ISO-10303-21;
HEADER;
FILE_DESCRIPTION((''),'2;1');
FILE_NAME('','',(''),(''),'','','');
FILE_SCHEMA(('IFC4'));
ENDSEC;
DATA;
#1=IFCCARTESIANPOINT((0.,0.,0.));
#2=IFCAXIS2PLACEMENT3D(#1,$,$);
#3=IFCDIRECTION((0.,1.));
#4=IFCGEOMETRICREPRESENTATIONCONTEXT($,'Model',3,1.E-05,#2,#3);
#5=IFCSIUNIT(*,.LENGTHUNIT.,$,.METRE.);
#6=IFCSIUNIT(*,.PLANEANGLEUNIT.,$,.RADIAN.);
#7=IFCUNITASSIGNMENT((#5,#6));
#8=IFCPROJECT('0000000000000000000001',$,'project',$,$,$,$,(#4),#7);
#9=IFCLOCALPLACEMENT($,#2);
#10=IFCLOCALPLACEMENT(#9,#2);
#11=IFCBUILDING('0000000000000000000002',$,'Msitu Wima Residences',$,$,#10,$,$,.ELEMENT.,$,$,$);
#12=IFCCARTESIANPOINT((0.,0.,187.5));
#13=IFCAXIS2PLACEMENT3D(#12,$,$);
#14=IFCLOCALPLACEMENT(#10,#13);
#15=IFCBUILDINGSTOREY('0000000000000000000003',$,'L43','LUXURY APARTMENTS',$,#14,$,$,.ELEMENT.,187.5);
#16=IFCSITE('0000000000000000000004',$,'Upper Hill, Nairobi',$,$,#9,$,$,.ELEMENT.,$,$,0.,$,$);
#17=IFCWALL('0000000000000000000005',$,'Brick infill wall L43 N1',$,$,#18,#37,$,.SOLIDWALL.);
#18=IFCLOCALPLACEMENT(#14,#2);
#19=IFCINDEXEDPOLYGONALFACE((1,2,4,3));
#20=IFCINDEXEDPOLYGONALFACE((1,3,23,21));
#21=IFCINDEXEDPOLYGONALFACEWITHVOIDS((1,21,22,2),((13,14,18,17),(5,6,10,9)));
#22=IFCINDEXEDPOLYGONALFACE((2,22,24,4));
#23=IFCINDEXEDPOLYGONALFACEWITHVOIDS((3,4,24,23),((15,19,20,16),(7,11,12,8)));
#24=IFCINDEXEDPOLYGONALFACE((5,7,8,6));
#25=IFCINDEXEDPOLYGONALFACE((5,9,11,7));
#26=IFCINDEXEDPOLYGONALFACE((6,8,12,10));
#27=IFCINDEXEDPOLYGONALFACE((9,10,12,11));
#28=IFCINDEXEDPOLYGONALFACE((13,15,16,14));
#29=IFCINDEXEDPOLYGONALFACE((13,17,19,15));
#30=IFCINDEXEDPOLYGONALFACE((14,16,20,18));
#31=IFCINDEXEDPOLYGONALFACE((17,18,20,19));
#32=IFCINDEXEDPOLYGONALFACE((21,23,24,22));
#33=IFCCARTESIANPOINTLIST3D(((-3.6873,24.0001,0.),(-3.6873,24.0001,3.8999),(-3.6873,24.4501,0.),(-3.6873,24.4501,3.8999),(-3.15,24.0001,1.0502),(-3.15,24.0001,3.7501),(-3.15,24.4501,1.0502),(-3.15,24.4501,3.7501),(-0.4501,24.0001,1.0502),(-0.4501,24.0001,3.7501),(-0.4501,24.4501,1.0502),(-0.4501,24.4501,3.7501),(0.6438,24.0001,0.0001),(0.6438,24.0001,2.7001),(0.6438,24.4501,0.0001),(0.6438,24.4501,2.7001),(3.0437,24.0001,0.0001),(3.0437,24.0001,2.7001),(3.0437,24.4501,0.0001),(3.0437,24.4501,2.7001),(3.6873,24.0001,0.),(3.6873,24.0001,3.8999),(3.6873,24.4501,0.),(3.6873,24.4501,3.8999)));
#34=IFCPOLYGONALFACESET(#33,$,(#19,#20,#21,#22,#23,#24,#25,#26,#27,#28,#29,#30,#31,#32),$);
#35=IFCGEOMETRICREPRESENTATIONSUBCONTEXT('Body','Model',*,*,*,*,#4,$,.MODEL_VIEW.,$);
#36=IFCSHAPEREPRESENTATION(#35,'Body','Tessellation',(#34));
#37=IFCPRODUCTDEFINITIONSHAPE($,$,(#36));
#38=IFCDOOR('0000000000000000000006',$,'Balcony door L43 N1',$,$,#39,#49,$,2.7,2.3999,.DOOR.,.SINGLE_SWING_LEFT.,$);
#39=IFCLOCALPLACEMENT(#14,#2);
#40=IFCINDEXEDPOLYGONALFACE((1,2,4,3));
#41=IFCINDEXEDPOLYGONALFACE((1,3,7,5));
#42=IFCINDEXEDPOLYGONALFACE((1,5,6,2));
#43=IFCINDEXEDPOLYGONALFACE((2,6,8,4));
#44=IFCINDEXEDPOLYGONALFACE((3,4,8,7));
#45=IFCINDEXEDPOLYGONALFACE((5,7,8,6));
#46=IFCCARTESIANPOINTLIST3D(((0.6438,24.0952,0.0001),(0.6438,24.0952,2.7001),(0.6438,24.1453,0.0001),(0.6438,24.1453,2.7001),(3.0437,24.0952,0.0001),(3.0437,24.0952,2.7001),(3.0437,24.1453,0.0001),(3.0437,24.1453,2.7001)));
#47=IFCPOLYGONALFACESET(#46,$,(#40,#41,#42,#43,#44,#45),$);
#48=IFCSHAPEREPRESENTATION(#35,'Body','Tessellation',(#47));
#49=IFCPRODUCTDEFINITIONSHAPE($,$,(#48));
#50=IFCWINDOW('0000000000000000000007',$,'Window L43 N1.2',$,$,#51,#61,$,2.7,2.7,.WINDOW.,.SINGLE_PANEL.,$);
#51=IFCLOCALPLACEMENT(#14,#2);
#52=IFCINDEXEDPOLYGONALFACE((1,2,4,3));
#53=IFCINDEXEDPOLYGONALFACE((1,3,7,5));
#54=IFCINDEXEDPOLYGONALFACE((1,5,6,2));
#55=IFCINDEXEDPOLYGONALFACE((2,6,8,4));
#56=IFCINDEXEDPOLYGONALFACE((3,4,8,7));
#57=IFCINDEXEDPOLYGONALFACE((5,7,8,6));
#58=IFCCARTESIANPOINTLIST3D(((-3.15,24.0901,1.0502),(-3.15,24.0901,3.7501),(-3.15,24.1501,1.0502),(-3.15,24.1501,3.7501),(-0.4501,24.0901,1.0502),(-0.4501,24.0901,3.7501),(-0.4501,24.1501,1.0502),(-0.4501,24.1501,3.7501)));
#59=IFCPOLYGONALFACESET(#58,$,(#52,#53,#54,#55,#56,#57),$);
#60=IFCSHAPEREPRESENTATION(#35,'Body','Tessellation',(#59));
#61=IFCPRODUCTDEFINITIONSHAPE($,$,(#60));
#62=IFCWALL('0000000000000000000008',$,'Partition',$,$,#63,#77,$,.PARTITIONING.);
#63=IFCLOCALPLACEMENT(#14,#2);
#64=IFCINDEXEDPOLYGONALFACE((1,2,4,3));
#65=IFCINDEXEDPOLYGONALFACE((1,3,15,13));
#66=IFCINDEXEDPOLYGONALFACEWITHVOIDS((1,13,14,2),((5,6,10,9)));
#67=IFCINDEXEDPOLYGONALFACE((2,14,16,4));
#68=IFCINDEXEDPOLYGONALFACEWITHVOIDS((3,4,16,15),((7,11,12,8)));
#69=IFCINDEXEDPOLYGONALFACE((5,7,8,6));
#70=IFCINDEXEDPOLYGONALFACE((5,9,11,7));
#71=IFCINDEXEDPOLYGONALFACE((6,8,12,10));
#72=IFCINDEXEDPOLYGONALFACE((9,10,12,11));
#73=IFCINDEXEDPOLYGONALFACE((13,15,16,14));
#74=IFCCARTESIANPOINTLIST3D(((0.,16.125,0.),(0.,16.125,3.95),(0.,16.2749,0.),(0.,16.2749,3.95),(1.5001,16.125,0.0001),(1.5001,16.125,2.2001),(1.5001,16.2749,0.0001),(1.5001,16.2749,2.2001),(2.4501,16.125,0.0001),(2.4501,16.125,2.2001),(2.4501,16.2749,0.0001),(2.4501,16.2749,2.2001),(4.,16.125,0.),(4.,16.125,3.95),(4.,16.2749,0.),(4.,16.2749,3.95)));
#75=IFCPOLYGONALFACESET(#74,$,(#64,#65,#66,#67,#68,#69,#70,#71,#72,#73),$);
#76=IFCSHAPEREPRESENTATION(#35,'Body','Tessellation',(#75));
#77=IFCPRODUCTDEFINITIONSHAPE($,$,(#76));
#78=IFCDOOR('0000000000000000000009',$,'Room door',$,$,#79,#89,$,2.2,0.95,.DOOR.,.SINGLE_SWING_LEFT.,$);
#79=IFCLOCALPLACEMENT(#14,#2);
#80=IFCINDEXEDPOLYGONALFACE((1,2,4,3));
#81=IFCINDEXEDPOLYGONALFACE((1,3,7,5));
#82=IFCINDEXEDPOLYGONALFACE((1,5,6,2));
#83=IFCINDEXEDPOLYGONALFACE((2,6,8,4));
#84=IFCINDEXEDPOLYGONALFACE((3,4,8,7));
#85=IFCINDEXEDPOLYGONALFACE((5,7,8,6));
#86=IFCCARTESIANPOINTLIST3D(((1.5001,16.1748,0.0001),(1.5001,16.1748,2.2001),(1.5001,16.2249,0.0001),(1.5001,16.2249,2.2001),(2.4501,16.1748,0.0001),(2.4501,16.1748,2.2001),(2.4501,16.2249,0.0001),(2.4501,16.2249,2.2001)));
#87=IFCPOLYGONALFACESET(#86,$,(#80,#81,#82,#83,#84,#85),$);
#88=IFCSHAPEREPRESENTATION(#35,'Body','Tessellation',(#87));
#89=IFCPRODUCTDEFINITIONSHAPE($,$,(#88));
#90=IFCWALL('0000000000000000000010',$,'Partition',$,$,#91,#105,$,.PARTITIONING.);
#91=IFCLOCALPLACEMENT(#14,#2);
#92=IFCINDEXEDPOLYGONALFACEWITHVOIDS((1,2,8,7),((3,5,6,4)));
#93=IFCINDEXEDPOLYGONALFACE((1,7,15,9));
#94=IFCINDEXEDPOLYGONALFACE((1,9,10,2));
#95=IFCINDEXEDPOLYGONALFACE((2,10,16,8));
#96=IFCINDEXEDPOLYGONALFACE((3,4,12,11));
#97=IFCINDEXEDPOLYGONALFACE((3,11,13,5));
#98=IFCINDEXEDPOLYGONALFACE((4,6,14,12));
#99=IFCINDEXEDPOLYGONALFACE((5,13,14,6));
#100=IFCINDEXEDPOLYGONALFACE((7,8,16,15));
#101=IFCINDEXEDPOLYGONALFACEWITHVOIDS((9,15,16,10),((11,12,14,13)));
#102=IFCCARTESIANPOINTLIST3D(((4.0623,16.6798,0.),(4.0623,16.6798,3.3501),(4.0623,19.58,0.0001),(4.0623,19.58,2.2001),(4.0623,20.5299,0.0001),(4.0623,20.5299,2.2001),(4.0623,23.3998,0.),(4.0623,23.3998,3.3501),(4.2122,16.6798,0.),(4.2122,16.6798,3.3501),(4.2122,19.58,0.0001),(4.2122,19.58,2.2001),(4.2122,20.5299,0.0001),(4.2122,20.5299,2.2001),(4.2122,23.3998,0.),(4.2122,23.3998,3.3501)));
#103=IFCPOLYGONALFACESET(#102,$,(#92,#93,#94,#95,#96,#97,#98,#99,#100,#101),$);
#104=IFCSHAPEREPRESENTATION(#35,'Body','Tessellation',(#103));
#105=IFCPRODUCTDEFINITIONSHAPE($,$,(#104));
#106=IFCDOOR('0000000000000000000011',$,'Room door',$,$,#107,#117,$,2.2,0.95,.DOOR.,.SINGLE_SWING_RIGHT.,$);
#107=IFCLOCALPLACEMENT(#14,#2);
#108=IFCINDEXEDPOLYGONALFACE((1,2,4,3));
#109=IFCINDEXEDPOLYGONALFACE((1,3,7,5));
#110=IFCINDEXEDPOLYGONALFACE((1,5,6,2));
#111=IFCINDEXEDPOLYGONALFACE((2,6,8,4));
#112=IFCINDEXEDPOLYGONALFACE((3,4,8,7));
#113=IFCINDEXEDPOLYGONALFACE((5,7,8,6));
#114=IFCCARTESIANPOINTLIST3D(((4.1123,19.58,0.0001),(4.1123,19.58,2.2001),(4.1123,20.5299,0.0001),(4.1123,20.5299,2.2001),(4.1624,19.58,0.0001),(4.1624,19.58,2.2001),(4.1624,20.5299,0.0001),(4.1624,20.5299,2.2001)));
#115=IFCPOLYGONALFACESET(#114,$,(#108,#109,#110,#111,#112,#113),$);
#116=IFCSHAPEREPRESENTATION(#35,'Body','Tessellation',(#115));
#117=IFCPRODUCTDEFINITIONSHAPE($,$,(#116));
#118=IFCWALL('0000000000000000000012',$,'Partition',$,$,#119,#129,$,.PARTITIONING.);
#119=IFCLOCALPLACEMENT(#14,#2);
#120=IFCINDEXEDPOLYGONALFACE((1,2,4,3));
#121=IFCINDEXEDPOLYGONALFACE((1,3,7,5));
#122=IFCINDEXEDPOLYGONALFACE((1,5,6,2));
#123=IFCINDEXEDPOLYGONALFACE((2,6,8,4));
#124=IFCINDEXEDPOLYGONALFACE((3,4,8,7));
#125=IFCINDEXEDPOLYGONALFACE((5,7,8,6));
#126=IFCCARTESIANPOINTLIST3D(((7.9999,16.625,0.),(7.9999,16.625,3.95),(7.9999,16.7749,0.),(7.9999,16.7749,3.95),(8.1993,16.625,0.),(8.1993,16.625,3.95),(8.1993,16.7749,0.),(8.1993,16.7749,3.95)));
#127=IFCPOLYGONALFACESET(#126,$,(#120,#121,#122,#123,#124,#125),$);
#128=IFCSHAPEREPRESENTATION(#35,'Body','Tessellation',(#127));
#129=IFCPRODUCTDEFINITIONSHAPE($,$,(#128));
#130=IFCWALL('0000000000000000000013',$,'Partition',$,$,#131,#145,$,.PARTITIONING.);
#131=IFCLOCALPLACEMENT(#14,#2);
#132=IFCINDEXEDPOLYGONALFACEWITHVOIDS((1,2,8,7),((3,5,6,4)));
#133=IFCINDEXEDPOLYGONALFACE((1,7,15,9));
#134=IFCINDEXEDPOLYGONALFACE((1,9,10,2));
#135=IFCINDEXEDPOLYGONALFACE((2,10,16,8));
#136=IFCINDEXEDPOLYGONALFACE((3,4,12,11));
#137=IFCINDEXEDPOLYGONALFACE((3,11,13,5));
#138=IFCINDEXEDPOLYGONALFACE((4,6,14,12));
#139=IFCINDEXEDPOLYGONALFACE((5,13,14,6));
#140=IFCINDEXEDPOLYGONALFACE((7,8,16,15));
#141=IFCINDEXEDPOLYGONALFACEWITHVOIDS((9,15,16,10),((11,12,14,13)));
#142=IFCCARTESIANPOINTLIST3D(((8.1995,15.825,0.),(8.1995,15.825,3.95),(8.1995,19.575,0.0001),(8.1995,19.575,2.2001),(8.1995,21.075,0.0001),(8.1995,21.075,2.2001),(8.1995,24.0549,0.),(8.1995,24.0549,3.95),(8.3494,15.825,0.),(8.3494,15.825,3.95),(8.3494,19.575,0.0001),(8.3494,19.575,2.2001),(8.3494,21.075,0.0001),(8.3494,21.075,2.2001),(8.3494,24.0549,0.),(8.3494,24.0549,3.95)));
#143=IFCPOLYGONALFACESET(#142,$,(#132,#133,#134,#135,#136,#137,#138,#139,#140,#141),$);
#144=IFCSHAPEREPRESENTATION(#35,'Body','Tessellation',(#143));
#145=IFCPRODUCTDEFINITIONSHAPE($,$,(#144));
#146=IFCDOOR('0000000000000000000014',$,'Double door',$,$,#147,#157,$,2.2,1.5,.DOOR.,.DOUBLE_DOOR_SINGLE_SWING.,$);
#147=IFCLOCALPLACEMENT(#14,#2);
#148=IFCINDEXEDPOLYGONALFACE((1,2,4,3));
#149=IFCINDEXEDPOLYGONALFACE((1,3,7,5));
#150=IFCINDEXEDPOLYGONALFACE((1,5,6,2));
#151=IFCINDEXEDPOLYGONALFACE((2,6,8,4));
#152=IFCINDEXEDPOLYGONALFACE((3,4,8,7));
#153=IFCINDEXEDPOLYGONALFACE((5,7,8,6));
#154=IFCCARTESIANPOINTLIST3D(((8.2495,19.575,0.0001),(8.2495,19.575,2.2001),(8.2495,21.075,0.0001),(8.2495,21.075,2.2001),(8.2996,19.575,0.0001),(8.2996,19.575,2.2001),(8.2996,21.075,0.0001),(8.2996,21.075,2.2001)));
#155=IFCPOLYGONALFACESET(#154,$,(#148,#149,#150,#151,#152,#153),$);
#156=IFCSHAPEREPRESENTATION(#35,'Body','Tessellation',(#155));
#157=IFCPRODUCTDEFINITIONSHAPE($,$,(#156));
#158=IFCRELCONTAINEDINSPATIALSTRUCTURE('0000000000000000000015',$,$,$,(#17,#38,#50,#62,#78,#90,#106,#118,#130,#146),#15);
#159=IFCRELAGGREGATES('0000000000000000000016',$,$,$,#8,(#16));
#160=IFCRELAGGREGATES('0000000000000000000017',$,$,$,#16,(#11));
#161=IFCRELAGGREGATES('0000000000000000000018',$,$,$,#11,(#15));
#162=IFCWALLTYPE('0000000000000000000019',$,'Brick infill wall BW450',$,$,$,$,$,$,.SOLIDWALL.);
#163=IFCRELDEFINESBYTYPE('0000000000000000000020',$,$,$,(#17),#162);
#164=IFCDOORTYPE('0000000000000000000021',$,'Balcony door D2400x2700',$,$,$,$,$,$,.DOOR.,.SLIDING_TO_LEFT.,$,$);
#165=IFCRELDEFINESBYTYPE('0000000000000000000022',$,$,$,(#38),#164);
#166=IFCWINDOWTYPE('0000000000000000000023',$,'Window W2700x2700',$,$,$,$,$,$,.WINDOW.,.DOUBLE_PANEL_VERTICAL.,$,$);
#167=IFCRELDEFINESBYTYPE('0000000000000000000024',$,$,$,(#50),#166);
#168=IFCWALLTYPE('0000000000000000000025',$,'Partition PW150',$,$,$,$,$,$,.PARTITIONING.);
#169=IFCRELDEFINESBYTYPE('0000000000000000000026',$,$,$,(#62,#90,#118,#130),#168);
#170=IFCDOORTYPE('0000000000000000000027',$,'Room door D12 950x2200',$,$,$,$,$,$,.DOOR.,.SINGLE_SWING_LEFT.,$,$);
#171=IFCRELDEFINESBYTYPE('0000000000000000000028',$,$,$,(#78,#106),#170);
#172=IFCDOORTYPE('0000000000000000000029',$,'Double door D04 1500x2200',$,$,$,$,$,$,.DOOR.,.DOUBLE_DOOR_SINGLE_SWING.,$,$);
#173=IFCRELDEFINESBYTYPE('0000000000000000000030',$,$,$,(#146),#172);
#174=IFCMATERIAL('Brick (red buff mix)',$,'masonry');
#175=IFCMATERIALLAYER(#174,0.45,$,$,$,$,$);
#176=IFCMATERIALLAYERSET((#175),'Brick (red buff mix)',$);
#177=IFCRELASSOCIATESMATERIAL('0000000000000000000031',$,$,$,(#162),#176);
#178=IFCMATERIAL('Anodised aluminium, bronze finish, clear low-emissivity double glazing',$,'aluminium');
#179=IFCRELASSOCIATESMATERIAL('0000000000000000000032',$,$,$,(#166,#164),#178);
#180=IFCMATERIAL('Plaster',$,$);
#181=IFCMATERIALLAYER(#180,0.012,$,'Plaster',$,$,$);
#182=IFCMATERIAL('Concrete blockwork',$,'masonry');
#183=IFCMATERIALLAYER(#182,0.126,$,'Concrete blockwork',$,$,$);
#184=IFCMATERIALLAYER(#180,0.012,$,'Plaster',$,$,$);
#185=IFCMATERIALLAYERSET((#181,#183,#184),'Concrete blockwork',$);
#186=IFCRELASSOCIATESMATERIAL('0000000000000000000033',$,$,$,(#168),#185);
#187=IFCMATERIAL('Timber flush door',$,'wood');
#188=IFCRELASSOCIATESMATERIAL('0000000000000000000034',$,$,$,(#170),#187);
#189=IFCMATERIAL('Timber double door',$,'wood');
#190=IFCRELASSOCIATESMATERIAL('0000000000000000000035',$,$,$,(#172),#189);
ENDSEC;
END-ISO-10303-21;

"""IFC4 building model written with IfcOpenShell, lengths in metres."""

from ifc_helpers import new_model, si_unit, direction, frame, frame_2d, origin, place, context, subcontext, project, spatial, rectangle, extrude, material, layer, layer_set, type_object, element, fill, save


model = new_model("IFC4")

# Units and contexts
model_context = context("Model", 3, precision=1e-05, world=origin(), true_north=direction((0.0, 1.0)))
body_context = subcontext(model_context, "Body", "Model", "MODEL_VIEW")
ifc_project = project(units=[si_unit("LENGTHUNIT", "METRE"), si_unit("PLANEANGLEUNIT", "RADIAN")], contexts=[model_context])

# Site, building, storey
site_placement = place(None, origin())
site = spatial("IfcSite", under=ifc_project, at=site_placement, Name="Upper Hill, Nairobi", CompositionType="ELEMENT", RefElevation=0.0)
building_placement = place(site_placement, origin())
building = spatial("IfcBuilding", under=site, at=building_placement, Name="Msitu Wima Residences", CompositionType="ELEMENT")
storey_placement = place(building_placement, frame((0.0, 0.0, 187.5)))
storey = spatial("IfcBuildingStorey", under=building, at=storey_placement, Name="L43", Description="LUXURY APARTMENTS", CompositionType="ELEMENT", Elevation=187.5)

# Shared definitions
ifc_material_1 = material(Name="Brick (red buff mix)", Category="masonry")
ifc_layer_1 = layer(ifc_material_1, 0.45)
ifc_layer_set_1 = layer_set([ifc_layer_1], Name="Brick (red buff mix)")
wall_type_1 = type_object("IfcWallType", Name="Brick infill wall BW450", PredefinedType="SOLIDWALL", material=ifc_layer_set_1)
ifc_material_2 = material(Name="Anodised aluminium, bronze finish, clear low-emissivity double glazing", Category="aluminium")
window_type = type_object("IfcWindowType", Name="Window W2700x2700", PartitioningType="DOUBLE_PANEL_VERTICAL", PredefinedType="WINDOW", material=ifc_material_2)

# Wall, openings, door, window
wall_1_placement = place(storey_placement, frame((3.6873, 24.2251, 0.0), z_axis=(0.0, 0.0, 1.0), x_axis=(-1.0, 0.0, 0.0)))
wall_1 = element("IfcWall", 1, at=wall_1_placement, inside=storey, type_object=wall_type_1, Name="Brick infill wall L43 N1", PredefinedType="SOLIDWALL", context=body_context, shape_type="SweptSolid", body=[
    extrude(rectangle(XDim=7.3745, YDim=0.45, at=frame_2d((3.6873, 0.0))), origin(), (0.0, 0.0, 1.0), 3.8999),
])
opening_1_placement = place(wall_1_placement, frame((0.6436, 0.0, 0.0)))
opening_1 = element("IfcOpeningElement", 2, at=opening_1_placement, cuts=wall_1, PredefinedType="OPENING", context=body_context, shape_type="SweptSolid", body=[
    extrude(rectangle(XDim=2.3999, YDim=2.7, at=frame_2d((1.2, 1.3501))), frame((0.0, 0.2349, 0.0), z_axis=(0.0, -1.0, 0.0), x_axis=(1.0, 0.0, 0.0)), (0.0, 0.0, 1.0), 0.47),
])
opening_2_placement = place(wall_1_placement, frame((4.1372, 0.0, 1.05)))
opening_2 = element("IfcOpeningElement", 3, at=opening_2_placement, cuts=wall_1, PredefinedType="OPENING", context=body_context, shape_type="SweptSolid", body=[
    extrude(rectangle(XDim=2.7, YDim=2.7, at=frame_2d((1.3501, 1.3501))), frame((0.0, 0.2349, 0.0), z_axis=(0.0, -1.0, 0.0), x_axis=(1.0, 0.0, 0.0)), (0.0, 0.0, 1.0), 0.47),
])
door_type_1 = type_object("IfcDoorType", Name="Balcony door D2400x2700", OperationType="SLIDING_TO_LEFT", PredefinedType="DOOR", material=ifc_material_2)
door_1_placement = place(opening_1_placement, origin())
door_1 = element("IfcDoor", 4, at=door_1_placement, inside=storey, type_object=door_type_1, Name="Balcony door L43 N1", OperationType="SINGLE_SWING_LEFT", OverallHeight=2.7, OverallWidth=2.3999, PredefinedType="DOOR", context=body_context, shape_type="SweptSolid", body=[
    extrude(rectangle(XDim=2.3999, YDim=2.7, at=frame_2d((1.2, 1.3501))), frame((0.0, 0.1299, 0.0), z_axis=(0.0, -1.0, 0.0), x_axis=(1.0, 0.0, 0.0)), (0.0, 0.0, 1.0), 0.05),
])
fill(opening_1, door_1)
window_1_placement = place(opening_2_placement, origin())
window_1 = element("IfcWindow", 5, at=window_1_placement, inside=storey, type_object=window_type, Name="Window L43 N1.2", OverallHeight=2.7, OverallWidth=2.7, PartitioningType="SINGLE_PANEL", PredefinedType="WINDOW", context=body_context, shape_type="SweptSolid", body=[
    extrude(rectangle(XDim=2.7, YDim=2.7, at=frame_2d((1.3501, 1.3501))), frame((0.0, 0.135, 0.0), z_axis=(0.0, -1.0, 0.0), x_axis=(1.0, 0.0, 0.0)), (0.0, 0.0, 1.0), 0.0601),
])
fill(opening_2, window_1)

# Walls, openings, doors
ifc_material_3 = material(Name="Plaster")
ifc_layer_2 = layer(ifc_material_3, 0.012, Name="Plaster")
ifc_material_4 = material(Name="Concrete blockwork", Category="masonry")
ifc_layer_3 = layer(ifc_material_4, 0.126, Name="Concrete blockwork")
ifc_layer_4 = layer(ifc_material_3, 0.012, Name="Plaster")
ifc_layer_set_2 = layer_set([ifc_layer_2, ifc_layer_3, ifc_layer_4], Name="Concrete blockwork")
wall_type_2 = type_object("IfcWallType", Name="Partition PW150", PredefinedType="PARTITIONING", material=ifc_layer_set_2)
wall_2_placement = place(storey_placement, frame((0.0, 16.2, 0.0), z_axis=(0.0, 0.0, 1.0), x_axis=(1.0, 0.0, 0.0)))
wall_2 = element("IfcWall", 6, at=wall_2_placement, inside=storey, type_object=wall_type_2, Name="Partition", PredefinedType="PARTITIONING", context=body_context, shape_type="SweptSolid", body=[
    extrude(rectangle(XDim=4.0, YDim=0.1499, at=frame_2d((2.0, 0.0))), origin(), (0.0, 0.0, 1.0), 3.95),
])
opening_3_placement = place(wall_2_placement, frame((1.5, 0.0, 0.0)))
opening_3 = element("IfcOpeningElement", 7, at=opening_3_placement, cuts=wall_2, PredefinedType="OPENING", context=body_context, shape_type="SweptSolid", body=[
    extrude(rectangle(XDim=0.95, YDim=2.2, at=frame_2d((0.4751, 1.1001))), frame((0.0, 0.085, 0.0), z_axis=(0.0, -1.0, 0.0), x_axis=(1.0, 0.0, 0.0)), (0.0, 0.0, 1.0), 0.1699),
])
ifc_material_5 = material(Name="Timber flush door", Category="wood")
door_type_2 = type_object("IfcDoorType", Name="Room door D12 950x2200", OperationType="SINGLE_SWING_LEFT", PredefinedType="DOOR", material=ifc_material_5)
door_2_placement = place(opening_3_placement, origin())
door_2 = element("IfcDoor", 8, at=door_2_placement, inside=storey, type_object=door_type_2, Name="Room door", OperationType="SINGLE_SWING_LEFT", OverallHeight=2.2, OverallWidth=0.95, PredefinedType="DOOR", context=body_context, shape_type="SweptSolid", body=[
    extrude(rectangle(XDim=0.95, YDim=2.2, at=frame_2d((0.4751, 1.1001))), frame((0.0, 0.0249, 0.0), z_axis=(0.0, -1.0, 0.0), x_axis=(1.0, 0.0, 0.0)), (0.0, 0.0, 1.0), 0.05),
])
fill(opening_3, door_2)
wall_3_placement = place(storey_placement, frame((4.1372, 16.6799, 0.0), z_axis=(0.0, 0.0, 1.0), x_axis=(0.0, 1.0, 0.0)))
wall_3 = element("IfcWall", 9, at=wall_3_placement, inside=storey, type_object=wall_type_2, Name="Partition", PredefinedType="PARTITIONING", context=body_context, shape_type="SweptSolid", body=[
    extrude(rectangle(XDim=6.72, YDim=0.1499, at=frame_2d((3.3599, 0.0))), origin(), (0.0, 0.0, 1.0), 3.3501),
])
opening_4_placement = place(wall_3_placement, frame((2.8999, 0.0, 0.0)))
opening_4 = element("IfcOpeningElement", 10, at=opening_4_placement, cuts=wall_3, PredefinedType="OPENING", context=body_context, shape_type="SweptSolid", body=[
    extrude(rectangle(XDim=0.95, YDim=2.2, at=frame_2d((0.4751, 1.1001))), frame((0.0, 0.085, 0.0), z_axis=(0.0, -1.0, 0.0), x_axis=(1.0, 0.0, 0.0)), (0.0, 0.0, 1.0), 0.1699),
])
door_3_placement = place(opening_4_placement, origin())
door_3 = element("IfcDoor", 11, at=door_3_placement, inside=storey, type_object=door_type_2, Name="Room door", OperationType="SINGLE_SWING_RIGHT", OverallHeight=2.2, OverallWidth=0.95, PredefinedType="DOOR", context=body_context, shape_type="SweptSolid", body=[
    extrude(rectangle(XDim=0.95, YDim=2.2, at=frame_2d((0.4751, 1.1001))), frame((0.0, 0.0249, 0.0), z_axis=(0.0, -1.0, 0.0), x_axis=(1.0, 0.0, 0.0)), (0.0, 0.0, 1.0), 0.05),
])
fill(opening_4, door_3)

# Wall
wall_4_placement = place(storey_placement, frame((8.0, 16.7, 0.0), z_axis=(0.0, 0.0, 1.0), x_axis=(1.0, 0.0, 0.0)))
element("IfcWall", 12, at=wall_4_placement, inside=storey, type_object=wall_type_2, Name="Partition", PredefinedType="PARTITIONING", context=body_context, shape_type="SweptSolid", body=[
    extrude(rectangle(XDim=0.1995, YDim=0.1499, at=frame_2d((0.0996, 0.0))), origin(), (0.0, 0.0, 1.0), 3.95),
])

# Wall, opening, door
wall_5_placement = place(storey_placement, frame((8.2744, 15.825, 0.0), z_axis=(0.0, 0.0, 1.0), x_axis=(0.0, 1.0, 0.0)))
wall_5 = element("IfcWall", 13, at=wall_5_placement, inside=storey, type_object=wall_type_2, Name="Partition", PredefinedType="PARTITIONING", context=body_context, shape_type="SweptSolid", body=[
    extrude(rectangle(XDim=8.23, YDim=0.1499, at=frame_2d((4.115, 0.0))), origin(), (0.0, 0.0, 1.0), 3.95),
])
opening_5_placement = place(wall_5_placement, frame((3.75, 0.0, 0.0)))
opening_5 = element("IfcOpeningElement", 14, at=opening_5_placement, cuts=wall_5, PredefinedType="OPENING", context=body_context, shape_type="SweptSolid", body=[
    extrude(rectangle(XDim=1.5, YDim=2.2, at=frame_2d((0.75, 1.1001))), frame((0.0, 0.085, 0.0), z_axis=(0.0, -1.0, 0.0), x_axis=(1.0, 0.0, 0.0)), (0.0, 0.0, 1.0), 0.1699),
])
ifc_material_6 = material(Name="Timber double door", Category="wood")
door_type_3 = type_object("IfcDoorType", Name="Double door D04 1500x2200", OperationType="DOUBLE_DOOR_SINGLE_SWING", PredefinedType="DOOR", material=ifc_material_6)
door_4_placement = place(opening_5_placement, origin())
door_4 = element("IfcDoor", 15, at=door_4_placement, inside=storey, type_object=door_type_3, Name="Double door", OperationType="DOUBLE_DOOR_SINGLE_SWING", OverallHeight=2.2, OverallWidth=1.5, PredefinedType="DOOR", context=body_context, shape_type="SweptSolid", body=[
    extrude(rectangle(XDim=1.5, YDim=2.2, at=frame_2d((0.75, 1.1001))), frame((0.0, 0.0249, 0.0), z_axis=(0.0, -1.0, 0.0), x_axis=(1.0, 0.0, 0.0)), (0.0, 0.0, 1.0), 0.05),
])
fill(opening_5, door_4)

save(model, "model.ifc")
